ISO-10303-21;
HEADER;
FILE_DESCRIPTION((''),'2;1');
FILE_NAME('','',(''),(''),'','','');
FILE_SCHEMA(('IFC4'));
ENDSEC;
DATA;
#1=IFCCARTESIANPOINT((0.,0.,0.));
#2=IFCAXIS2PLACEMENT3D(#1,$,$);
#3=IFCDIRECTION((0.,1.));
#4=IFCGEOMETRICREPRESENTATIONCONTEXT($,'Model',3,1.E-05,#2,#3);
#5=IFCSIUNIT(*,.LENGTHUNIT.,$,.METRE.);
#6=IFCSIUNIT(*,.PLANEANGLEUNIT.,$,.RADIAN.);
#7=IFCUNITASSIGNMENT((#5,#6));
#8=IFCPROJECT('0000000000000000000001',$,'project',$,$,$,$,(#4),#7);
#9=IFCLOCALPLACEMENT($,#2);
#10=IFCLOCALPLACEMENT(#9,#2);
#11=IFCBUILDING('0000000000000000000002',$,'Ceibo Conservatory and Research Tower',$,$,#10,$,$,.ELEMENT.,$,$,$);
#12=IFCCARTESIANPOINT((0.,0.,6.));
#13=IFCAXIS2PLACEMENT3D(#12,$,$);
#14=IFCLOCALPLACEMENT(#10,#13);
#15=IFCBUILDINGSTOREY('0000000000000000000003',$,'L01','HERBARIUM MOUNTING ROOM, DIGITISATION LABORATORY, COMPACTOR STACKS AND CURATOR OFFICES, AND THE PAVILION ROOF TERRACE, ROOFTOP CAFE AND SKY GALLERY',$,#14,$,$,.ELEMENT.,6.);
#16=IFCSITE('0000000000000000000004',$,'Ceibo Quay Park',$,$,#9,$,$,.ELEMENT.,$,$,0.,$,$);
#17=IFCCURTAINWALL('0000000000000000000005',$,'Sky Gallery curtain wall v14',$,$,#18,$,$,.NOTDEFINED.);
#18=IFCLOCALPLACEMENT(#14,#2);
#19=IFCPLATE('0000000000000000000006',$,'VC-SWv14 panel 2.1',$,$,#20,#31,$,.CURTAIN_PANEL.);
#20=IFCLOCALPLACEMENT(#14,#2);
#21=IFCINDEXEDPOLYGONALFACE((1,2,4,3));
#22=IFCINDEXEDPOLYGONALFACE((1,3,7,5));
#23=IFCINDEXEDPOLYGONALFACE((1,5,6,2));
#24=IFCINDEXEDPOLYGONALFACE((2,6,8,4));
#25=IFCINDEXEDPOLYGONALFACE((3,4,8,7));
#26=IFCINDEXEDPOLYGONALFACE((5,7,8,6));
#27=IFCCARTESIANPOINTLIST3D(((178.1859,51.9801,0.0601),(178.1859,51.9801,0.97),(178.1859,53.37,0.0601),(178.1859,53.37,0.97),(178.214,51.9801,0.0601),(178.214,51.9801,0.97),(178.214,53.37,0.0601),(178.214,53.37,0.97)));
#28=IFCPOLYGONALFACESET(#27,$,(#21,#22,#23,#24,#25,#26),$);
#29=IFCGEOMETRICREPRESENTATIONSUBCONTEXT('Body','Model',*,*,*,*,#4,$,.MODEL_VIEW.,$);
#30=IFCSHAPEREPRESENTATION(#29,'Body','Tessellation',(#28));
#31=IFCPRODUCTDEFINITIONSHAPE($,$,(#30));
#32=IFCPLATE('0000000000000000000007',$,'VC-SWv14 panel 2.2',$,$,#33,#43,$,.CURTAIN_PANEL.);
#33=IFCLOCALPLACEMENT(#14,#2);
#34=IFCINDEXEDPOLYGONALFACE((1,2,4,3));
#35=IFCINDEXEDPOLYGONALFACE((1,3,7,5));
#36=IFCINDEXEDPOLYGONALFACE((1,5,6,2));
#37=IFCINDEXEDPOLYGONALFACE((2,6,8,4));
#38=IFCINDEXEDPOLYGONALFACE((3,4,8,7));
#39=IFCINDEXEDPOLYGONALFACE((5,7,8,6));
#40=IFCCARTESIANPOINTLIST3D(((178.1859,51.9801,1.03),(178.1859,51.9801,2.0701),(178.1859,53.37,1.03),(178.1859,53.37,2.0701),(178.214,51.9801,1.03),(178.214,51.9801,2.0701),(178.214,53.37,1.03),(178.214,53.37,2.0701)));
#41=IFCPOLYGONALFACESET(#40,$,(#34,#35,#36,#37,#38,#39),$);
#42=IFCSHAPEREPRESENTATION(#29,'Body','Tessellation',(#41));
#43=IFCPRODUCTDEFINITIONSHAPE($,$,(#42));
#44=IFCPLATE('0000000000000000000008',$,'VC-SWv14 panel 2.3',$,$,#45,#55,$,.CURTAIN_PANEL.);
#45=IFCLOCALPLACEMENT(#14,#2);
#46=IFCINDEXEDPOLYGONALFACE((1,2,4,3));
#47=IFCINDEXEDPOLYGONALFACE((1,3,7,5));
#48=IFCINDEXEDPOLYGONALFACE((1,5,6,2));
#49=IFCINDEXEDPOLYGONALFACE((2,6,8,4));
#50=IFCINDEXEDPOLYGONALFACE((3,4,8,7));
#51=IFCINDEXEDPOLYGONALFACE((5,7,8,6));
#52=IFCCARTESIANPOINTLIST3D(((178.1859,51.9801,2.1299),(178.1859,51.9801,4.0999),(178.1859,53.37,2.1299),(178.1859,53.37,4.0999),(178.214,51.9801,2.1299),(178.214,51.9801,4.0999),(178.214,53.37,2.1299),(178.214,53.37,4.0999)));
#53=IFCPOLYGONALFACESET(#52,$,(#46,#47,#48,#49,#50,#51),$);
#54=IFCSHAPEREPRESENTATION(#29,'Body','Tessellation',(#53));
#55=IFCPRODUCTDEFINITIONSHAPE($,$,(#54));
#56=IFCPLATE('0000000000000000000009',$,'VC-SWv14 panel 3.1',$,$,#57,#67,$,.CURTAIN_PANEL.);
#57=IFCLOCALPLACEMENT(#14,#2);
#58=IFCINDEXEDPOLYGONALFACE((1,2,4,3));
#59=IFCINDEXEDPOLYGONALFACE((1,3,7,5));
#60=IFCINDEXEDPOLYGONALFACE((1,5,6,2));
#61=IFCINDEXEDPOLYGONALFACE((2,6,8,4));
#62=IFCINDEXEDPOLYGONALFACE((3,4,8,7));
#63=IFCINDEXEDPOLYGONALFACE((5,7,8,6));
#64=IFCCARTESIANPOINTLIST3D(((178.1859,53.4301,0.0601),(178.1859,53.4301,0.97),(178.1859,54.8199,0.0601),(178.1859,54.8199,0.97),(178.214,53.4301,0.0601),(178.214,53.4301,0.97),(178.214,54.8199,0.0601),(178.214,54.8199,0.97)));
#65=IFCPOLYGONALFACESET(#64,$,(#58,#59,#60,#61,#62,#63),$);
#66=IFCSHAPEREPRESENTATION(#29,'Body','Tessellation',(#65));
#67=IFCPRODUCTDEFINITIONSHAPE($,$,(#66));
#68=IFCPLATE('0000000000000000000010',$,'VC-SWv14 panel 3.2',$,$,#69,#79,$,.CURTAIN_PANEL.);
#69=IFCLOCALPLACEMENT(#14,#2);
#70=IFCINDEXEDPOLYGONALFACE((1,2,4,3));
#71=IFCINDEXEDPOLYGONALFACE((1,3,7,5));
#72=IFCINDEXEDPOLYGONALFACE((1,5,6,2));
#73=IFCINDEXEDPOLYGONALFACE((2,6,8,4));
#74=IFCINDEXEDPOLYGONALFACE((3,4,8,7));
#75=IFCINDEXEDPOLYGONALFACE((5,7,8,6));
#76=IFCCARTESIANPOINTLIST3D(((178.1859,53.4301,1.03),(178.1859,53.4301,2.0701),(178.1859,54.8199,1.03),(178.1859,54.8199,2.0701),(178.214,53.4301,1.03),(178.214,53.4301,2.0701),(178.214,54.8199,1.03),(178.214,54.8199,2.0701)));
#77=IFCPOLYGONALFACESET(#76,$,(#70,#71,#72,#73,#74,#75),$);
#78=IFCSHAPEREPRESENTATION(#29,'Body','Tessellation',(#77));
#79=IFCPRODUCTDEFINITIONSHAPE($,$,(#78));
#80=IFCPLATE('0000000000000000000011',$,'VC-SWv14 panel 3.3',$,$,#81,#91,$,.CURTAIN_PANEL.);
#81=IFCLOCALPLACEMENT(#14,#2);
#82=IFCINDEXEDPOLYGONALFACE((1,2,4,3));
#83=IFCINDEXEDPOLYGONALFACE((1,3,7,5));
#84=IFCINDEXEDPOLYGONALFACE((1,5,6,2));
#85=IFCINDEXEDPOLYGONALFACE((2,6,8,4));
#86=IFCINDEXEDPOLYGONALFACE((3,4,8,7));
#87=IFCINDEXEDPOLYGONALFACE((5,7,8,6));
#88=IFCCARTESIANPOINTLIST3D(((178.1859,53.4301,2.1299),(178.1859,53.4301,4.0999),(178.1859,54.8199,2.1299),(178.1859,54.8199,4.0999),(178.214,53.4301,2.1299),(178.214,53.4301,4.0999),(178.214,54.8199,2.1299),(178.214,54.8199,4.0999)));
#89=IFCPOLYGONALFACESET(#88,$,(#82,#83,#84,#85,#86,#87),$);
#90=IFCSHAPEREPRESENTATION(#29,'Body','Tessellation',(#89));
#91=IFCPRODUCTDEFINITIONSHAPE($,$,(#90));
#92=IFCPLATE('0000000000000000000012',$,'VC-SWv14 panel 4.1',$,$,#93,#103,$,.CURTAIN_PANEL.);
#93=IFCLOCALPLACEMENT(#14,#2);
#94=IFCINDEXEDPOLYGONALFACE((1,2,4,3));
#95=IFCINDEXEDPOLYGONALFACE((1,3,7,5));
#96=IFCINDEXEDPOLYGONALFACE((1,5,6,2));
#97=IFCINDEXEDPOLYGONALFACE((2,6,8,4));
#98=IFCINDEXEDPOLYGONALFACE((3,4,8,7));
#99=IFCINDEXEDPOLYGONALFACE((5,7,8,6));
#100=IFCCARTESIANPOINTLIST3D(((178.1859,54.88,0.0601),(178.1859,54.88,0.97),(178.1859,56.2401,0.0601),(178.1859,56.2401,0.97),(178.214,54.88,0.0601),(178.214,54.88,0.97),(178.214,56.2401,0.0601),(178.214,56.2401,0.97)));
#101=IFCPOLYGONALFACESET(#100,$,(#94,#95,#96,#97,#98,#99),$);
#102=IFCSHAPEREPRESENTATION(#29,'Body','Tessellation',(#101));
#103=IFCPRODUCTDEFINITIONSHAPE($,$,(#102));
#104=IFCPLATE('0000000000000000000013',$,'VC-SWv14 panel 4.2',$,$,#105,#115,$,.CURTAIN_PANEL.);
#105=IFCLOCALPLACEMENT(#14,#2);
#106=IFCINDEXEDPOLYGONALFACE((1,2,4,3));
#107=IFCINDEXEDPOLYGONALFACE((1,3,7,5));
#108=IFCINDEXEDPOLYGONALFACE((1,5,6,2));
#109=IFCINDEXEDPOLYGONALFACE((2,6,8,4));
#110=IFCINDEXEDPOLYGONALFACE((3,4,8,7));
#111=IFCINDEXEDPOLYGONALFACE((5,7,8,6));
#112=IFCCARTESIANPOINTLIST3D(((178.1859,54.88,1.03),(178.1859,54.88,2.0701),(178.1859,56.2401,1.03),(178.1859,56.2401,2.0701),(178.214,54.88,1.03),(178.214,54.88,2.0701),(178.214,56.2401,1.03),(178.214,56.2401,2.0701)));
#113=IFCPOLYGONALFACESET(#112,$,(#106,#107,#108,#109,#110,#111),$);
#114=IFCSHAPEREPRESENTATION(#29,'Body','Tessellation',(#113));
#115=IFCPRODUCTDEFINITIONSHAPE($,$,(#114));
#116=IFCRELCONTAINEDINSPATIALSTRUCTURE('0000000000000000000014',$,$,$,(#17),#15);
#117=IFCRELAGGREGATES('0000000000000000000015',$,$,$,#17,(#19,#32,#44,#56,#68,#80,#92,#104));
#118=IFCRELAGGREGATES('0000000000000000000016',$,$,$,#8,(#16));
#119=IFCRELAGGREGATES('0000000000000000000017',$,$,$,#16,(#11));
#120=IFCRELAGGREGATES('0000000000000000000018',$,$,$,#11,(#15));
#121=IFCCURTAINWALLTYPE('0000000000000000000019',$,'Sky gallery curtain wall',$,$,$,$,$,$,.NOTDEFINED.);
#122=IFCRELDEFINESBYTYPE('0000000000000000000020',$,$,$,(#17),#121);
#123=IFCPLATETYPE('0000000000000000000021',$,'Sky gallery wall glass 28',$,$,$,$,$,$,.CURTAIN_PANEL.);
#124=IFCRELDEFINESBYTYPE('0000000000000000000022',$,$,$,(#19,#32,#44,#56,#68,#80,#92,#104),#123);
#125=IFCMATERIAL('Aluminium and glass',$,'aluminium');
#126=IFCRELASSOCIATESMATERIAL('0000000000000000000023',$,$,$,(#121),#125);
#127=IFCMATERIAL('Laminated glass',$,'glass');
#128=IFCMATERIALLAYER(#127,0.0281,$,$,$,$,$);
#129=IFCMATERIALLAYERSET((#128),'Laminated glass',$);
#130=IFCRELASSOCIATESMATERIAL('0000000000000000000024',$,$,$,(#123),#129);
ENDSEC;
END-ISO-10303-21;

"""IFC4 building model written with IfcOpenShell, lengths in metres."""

from ifc_helpers import new_model, si_unit, direction, frame, origin, origin_2d, place, context, subcontext, project, spatial, rectangle, extrude, material, layer, layer_set, type_object, element, aggregate, save


model = new_model("IFC4")

# Units and contexts
model_context = context("Model", 3, precision=1e-05, world=origin(), true_north=direction((0.0, 1.0)))
body_context = subcontext(model_context, "Body", "Model", "MODEL_VIEW")
ifc_project = project(units=[si_unit("LENGTHUNIT", "METRE"), si_unit("PLANEANGLEUNIT", "RADIAN")], contexts=[model_context])

# Site, building, storey
site_placement = place(None, origin())
site = spatial("IfcSite", under=ifc_project, at=site_placement, Name="Ceibo Quay Park", CompositionType="ELEMENT", RefElevation=0.0)
building_placement = place(site_placement, origin())
building = spatial("IfcBuilding", under=site, at=building_placement, Name="Ceibo Conservatory and Research Tower", CompositionType="ELEMENT")
storey_placement = place(building_placement, frame((0.0, 0.0, 6.0)))
storey = spatial("IfcBuildingStorey", under=building, at=storey_placement, Name="L01", Description="HERBARIUM MOUNTING ROOM, DIGITISATION LABORATORY, COMPACTOR STACKS AND CURATOR OFFICES, AND THE PAVILION ROOF TERRACE, ROOFTOP CAFE AND SKY GALLERY", CompositionType="ELEMENT", Elevation=6.0)

# Curtain wall, plates
ifc_material_1 = material(Name="Aluminium and glass", Category="aluminium")
curtain_wall_type = type_object("IfcCurtainWallType", Name="Sky gallery curtain wall", PredefinedType="NOTDEFINED", material=ifc_material_1)
curtain_wall_placement = place(storey_placement, origin())
curtain_wall = element("IfcCurtainWall", 1, at=curtain_wall_placement, inside=storey, type_object=curtain_wall_type, Name="Sky Gallery curtain wall v14", PredefinedType="NOTDEFINED")
ifc_material_2 = material(Name="Laminated glass", Category="glass")
ifc_layer = layer(ifc_material_2, 0.0281)
ifc_layer_set = layer_set([ifc_layer], Name="Laminated glass")
plate_type = type_object("IfcPlateType", Name="Sky gallery wall glass 28", PredefinedType="CURTAIN_PANEL", material=ifc_layer_set)
plate_1_placement = place(storey_placement, frame((178.2, 52.675, 0.0601), z_axis=(0.0, 0.0, 1.0), x_axis=(0.0, 1.0, 0.0)))
plate_1 = element("IfcPlate", 2, at=plate_1_placement, type_object=plate_type, Name="VC-SWv14 panel 2.1", PredefinedType="CURTAIN_PANEL", context=body_context, shape_type="SweptSolid", body=[
    extrude(rectangle(XDim=1.3899, YDim=0.0281, at=origin_2d()), origin(), (0.0, 0.0, 1.0), 0.9099),
])
plate_2_placement = place(storey_placement, frame((178.2, 52.675, 1.03), z_axis=(0.0, 0.0, 1.0), x_axis=(0.0, 1.0, 0.0)))
plate_2 = element("IfcPlate", 3, at=plate_2_placement, type_object=plate_type, Name="VC-SWv14 panel 2.2", PredefinedType="CURTAIN_PANEL", context=body_context, shape_type="SweptSolid", body=[
    extrude(rectangle(XDim=1.3899, YDim=0.0281, at=origin_2d()), origin(), (0.0, 0.0, 1.0), 1.04),
])
plate_3_placement = place(storey_placement, frame((178.2, 52.675, 2.1299), z_axis=(0.0, 0.0, 1.0), x_axis=(0.0, 1.0, 0.0)))
plate_3 = element("IfcPlate", 4, at=plate_3_placement, type_object=plate_type, Name="VC-SWv14 panel 2.3", PredefinedType="CURTAIN_PANEL", context=body_context, shape_type="SweptSolid", body=[
    extrude(rectangle(XDim=1.3899, YDim=0.0281, at=origin_2d()), origin(), (0.0, 0.0, 1.0), 1.97),
])
plate_4_placement = place(storey_placement, frame((178.2, 54.125, 0.0601), z_axis=(0.0, 0.0, 1.0), x_axis=(0.0, 1.0, 0.0)))
plate_4 = element("IfcPlate", 5, at=plate_4_placement, type_object=plate_type, Name="VC-SWv14 panel 3.1", PredefinedType="CURTAIN_PANEL", context=body_context, shape_type="SweptSolid", body=[
    extrude(rectangle(XDim=1.3899, YDim=0.0281, at=origin_2d()), origin(), (0.0, 0.0, 1.0), 0.9099),
])
plate_5_placement = place(storey_placement, frame((178.2, 54.125, 1.03), z_axis=(0.0, 0.0, 1.0), x_axis=(0.0, 1.0, 0.0)))
plate_5 = element("IfcPlate", 6, at=plate_5_placement, type_object=plate_type, Name="VC-SWv14 panel 3.2", PredefinedType="CURTAIN_PANEL", context=body_context, shape_type="SweptSolid", body=[
    extrude(rectangle(XDim=1.3899, YDim=0.0281, at=origin_2d()), origin(), (0.0, 0.0, 1.0), 1.04),
])
plate_6_placement = place(storey_placement, frame((178.2, 54.125, 2.1299), z_axis=(0.0, 0.0, 1.0), x_axis=(0.0, 1.0, 0.0)))
plate_6 = element("IfcPlate", 7, at=plate_6_placement, type_object=plate_type, Name="VC-SWv14 panel 3.3", PredefinedType="CURTAIN_PANEL", context=body_context, shape_type="SweptSolid", body=[
    extrude(rectangle(XDim=1.3899, YDim=0.0281, at=origin_2d()), origin(), (0.0, 0.0, 1.0), 1.97),
])
plate_7_placement = place(storey_placement, frame((178.2, 55.5601, 0.0601), z_axis=(0.0, 0.0, 1.0), x_axis=(0.0, 1.0, 0.0)))
plate_7 = element("IfcPlate", 8, at=plate_7_placement, type_object=plate_type, Name="VC-SWv14 panel 4.1", PredefinedType="CURTAIN_PANEL", context=body_context, shape_type="SweptSolid", body=[
    extrude(rectangle(XDim=1.3601, YDim=0.0281, at=origin_2d()), origin(), (0.0, 0.0, 1.0), 0.9099),
])
plate_8_placement = place(storey_placement, frame((178.2, 55.5601, 1.03), z_axis=(0.0, 0.0, 1.0), x_axis=(0.0, 1.0, 0.0)))
plate_8 = element("IfcPlate", 9, at=plate_8_placement, type_object=plate_type, Name="VC-SWv14 panel 4.2", PredefinedType="CURTAIN_PANEL", context=body_context, shape_type="SweptSolid", body=[
    extrude(rectangle(XDim=1.3601, YDim=0.0281, at=origin_2d()), origin(), (0.0, 0.0, 1.0), 1.04),
])
aggregate(curtain_wall, [plate_1, plate_2, plate_3, plate_4, plate_5, plate_6, plate_7, plate_8])

save(model, "model.ifc")
